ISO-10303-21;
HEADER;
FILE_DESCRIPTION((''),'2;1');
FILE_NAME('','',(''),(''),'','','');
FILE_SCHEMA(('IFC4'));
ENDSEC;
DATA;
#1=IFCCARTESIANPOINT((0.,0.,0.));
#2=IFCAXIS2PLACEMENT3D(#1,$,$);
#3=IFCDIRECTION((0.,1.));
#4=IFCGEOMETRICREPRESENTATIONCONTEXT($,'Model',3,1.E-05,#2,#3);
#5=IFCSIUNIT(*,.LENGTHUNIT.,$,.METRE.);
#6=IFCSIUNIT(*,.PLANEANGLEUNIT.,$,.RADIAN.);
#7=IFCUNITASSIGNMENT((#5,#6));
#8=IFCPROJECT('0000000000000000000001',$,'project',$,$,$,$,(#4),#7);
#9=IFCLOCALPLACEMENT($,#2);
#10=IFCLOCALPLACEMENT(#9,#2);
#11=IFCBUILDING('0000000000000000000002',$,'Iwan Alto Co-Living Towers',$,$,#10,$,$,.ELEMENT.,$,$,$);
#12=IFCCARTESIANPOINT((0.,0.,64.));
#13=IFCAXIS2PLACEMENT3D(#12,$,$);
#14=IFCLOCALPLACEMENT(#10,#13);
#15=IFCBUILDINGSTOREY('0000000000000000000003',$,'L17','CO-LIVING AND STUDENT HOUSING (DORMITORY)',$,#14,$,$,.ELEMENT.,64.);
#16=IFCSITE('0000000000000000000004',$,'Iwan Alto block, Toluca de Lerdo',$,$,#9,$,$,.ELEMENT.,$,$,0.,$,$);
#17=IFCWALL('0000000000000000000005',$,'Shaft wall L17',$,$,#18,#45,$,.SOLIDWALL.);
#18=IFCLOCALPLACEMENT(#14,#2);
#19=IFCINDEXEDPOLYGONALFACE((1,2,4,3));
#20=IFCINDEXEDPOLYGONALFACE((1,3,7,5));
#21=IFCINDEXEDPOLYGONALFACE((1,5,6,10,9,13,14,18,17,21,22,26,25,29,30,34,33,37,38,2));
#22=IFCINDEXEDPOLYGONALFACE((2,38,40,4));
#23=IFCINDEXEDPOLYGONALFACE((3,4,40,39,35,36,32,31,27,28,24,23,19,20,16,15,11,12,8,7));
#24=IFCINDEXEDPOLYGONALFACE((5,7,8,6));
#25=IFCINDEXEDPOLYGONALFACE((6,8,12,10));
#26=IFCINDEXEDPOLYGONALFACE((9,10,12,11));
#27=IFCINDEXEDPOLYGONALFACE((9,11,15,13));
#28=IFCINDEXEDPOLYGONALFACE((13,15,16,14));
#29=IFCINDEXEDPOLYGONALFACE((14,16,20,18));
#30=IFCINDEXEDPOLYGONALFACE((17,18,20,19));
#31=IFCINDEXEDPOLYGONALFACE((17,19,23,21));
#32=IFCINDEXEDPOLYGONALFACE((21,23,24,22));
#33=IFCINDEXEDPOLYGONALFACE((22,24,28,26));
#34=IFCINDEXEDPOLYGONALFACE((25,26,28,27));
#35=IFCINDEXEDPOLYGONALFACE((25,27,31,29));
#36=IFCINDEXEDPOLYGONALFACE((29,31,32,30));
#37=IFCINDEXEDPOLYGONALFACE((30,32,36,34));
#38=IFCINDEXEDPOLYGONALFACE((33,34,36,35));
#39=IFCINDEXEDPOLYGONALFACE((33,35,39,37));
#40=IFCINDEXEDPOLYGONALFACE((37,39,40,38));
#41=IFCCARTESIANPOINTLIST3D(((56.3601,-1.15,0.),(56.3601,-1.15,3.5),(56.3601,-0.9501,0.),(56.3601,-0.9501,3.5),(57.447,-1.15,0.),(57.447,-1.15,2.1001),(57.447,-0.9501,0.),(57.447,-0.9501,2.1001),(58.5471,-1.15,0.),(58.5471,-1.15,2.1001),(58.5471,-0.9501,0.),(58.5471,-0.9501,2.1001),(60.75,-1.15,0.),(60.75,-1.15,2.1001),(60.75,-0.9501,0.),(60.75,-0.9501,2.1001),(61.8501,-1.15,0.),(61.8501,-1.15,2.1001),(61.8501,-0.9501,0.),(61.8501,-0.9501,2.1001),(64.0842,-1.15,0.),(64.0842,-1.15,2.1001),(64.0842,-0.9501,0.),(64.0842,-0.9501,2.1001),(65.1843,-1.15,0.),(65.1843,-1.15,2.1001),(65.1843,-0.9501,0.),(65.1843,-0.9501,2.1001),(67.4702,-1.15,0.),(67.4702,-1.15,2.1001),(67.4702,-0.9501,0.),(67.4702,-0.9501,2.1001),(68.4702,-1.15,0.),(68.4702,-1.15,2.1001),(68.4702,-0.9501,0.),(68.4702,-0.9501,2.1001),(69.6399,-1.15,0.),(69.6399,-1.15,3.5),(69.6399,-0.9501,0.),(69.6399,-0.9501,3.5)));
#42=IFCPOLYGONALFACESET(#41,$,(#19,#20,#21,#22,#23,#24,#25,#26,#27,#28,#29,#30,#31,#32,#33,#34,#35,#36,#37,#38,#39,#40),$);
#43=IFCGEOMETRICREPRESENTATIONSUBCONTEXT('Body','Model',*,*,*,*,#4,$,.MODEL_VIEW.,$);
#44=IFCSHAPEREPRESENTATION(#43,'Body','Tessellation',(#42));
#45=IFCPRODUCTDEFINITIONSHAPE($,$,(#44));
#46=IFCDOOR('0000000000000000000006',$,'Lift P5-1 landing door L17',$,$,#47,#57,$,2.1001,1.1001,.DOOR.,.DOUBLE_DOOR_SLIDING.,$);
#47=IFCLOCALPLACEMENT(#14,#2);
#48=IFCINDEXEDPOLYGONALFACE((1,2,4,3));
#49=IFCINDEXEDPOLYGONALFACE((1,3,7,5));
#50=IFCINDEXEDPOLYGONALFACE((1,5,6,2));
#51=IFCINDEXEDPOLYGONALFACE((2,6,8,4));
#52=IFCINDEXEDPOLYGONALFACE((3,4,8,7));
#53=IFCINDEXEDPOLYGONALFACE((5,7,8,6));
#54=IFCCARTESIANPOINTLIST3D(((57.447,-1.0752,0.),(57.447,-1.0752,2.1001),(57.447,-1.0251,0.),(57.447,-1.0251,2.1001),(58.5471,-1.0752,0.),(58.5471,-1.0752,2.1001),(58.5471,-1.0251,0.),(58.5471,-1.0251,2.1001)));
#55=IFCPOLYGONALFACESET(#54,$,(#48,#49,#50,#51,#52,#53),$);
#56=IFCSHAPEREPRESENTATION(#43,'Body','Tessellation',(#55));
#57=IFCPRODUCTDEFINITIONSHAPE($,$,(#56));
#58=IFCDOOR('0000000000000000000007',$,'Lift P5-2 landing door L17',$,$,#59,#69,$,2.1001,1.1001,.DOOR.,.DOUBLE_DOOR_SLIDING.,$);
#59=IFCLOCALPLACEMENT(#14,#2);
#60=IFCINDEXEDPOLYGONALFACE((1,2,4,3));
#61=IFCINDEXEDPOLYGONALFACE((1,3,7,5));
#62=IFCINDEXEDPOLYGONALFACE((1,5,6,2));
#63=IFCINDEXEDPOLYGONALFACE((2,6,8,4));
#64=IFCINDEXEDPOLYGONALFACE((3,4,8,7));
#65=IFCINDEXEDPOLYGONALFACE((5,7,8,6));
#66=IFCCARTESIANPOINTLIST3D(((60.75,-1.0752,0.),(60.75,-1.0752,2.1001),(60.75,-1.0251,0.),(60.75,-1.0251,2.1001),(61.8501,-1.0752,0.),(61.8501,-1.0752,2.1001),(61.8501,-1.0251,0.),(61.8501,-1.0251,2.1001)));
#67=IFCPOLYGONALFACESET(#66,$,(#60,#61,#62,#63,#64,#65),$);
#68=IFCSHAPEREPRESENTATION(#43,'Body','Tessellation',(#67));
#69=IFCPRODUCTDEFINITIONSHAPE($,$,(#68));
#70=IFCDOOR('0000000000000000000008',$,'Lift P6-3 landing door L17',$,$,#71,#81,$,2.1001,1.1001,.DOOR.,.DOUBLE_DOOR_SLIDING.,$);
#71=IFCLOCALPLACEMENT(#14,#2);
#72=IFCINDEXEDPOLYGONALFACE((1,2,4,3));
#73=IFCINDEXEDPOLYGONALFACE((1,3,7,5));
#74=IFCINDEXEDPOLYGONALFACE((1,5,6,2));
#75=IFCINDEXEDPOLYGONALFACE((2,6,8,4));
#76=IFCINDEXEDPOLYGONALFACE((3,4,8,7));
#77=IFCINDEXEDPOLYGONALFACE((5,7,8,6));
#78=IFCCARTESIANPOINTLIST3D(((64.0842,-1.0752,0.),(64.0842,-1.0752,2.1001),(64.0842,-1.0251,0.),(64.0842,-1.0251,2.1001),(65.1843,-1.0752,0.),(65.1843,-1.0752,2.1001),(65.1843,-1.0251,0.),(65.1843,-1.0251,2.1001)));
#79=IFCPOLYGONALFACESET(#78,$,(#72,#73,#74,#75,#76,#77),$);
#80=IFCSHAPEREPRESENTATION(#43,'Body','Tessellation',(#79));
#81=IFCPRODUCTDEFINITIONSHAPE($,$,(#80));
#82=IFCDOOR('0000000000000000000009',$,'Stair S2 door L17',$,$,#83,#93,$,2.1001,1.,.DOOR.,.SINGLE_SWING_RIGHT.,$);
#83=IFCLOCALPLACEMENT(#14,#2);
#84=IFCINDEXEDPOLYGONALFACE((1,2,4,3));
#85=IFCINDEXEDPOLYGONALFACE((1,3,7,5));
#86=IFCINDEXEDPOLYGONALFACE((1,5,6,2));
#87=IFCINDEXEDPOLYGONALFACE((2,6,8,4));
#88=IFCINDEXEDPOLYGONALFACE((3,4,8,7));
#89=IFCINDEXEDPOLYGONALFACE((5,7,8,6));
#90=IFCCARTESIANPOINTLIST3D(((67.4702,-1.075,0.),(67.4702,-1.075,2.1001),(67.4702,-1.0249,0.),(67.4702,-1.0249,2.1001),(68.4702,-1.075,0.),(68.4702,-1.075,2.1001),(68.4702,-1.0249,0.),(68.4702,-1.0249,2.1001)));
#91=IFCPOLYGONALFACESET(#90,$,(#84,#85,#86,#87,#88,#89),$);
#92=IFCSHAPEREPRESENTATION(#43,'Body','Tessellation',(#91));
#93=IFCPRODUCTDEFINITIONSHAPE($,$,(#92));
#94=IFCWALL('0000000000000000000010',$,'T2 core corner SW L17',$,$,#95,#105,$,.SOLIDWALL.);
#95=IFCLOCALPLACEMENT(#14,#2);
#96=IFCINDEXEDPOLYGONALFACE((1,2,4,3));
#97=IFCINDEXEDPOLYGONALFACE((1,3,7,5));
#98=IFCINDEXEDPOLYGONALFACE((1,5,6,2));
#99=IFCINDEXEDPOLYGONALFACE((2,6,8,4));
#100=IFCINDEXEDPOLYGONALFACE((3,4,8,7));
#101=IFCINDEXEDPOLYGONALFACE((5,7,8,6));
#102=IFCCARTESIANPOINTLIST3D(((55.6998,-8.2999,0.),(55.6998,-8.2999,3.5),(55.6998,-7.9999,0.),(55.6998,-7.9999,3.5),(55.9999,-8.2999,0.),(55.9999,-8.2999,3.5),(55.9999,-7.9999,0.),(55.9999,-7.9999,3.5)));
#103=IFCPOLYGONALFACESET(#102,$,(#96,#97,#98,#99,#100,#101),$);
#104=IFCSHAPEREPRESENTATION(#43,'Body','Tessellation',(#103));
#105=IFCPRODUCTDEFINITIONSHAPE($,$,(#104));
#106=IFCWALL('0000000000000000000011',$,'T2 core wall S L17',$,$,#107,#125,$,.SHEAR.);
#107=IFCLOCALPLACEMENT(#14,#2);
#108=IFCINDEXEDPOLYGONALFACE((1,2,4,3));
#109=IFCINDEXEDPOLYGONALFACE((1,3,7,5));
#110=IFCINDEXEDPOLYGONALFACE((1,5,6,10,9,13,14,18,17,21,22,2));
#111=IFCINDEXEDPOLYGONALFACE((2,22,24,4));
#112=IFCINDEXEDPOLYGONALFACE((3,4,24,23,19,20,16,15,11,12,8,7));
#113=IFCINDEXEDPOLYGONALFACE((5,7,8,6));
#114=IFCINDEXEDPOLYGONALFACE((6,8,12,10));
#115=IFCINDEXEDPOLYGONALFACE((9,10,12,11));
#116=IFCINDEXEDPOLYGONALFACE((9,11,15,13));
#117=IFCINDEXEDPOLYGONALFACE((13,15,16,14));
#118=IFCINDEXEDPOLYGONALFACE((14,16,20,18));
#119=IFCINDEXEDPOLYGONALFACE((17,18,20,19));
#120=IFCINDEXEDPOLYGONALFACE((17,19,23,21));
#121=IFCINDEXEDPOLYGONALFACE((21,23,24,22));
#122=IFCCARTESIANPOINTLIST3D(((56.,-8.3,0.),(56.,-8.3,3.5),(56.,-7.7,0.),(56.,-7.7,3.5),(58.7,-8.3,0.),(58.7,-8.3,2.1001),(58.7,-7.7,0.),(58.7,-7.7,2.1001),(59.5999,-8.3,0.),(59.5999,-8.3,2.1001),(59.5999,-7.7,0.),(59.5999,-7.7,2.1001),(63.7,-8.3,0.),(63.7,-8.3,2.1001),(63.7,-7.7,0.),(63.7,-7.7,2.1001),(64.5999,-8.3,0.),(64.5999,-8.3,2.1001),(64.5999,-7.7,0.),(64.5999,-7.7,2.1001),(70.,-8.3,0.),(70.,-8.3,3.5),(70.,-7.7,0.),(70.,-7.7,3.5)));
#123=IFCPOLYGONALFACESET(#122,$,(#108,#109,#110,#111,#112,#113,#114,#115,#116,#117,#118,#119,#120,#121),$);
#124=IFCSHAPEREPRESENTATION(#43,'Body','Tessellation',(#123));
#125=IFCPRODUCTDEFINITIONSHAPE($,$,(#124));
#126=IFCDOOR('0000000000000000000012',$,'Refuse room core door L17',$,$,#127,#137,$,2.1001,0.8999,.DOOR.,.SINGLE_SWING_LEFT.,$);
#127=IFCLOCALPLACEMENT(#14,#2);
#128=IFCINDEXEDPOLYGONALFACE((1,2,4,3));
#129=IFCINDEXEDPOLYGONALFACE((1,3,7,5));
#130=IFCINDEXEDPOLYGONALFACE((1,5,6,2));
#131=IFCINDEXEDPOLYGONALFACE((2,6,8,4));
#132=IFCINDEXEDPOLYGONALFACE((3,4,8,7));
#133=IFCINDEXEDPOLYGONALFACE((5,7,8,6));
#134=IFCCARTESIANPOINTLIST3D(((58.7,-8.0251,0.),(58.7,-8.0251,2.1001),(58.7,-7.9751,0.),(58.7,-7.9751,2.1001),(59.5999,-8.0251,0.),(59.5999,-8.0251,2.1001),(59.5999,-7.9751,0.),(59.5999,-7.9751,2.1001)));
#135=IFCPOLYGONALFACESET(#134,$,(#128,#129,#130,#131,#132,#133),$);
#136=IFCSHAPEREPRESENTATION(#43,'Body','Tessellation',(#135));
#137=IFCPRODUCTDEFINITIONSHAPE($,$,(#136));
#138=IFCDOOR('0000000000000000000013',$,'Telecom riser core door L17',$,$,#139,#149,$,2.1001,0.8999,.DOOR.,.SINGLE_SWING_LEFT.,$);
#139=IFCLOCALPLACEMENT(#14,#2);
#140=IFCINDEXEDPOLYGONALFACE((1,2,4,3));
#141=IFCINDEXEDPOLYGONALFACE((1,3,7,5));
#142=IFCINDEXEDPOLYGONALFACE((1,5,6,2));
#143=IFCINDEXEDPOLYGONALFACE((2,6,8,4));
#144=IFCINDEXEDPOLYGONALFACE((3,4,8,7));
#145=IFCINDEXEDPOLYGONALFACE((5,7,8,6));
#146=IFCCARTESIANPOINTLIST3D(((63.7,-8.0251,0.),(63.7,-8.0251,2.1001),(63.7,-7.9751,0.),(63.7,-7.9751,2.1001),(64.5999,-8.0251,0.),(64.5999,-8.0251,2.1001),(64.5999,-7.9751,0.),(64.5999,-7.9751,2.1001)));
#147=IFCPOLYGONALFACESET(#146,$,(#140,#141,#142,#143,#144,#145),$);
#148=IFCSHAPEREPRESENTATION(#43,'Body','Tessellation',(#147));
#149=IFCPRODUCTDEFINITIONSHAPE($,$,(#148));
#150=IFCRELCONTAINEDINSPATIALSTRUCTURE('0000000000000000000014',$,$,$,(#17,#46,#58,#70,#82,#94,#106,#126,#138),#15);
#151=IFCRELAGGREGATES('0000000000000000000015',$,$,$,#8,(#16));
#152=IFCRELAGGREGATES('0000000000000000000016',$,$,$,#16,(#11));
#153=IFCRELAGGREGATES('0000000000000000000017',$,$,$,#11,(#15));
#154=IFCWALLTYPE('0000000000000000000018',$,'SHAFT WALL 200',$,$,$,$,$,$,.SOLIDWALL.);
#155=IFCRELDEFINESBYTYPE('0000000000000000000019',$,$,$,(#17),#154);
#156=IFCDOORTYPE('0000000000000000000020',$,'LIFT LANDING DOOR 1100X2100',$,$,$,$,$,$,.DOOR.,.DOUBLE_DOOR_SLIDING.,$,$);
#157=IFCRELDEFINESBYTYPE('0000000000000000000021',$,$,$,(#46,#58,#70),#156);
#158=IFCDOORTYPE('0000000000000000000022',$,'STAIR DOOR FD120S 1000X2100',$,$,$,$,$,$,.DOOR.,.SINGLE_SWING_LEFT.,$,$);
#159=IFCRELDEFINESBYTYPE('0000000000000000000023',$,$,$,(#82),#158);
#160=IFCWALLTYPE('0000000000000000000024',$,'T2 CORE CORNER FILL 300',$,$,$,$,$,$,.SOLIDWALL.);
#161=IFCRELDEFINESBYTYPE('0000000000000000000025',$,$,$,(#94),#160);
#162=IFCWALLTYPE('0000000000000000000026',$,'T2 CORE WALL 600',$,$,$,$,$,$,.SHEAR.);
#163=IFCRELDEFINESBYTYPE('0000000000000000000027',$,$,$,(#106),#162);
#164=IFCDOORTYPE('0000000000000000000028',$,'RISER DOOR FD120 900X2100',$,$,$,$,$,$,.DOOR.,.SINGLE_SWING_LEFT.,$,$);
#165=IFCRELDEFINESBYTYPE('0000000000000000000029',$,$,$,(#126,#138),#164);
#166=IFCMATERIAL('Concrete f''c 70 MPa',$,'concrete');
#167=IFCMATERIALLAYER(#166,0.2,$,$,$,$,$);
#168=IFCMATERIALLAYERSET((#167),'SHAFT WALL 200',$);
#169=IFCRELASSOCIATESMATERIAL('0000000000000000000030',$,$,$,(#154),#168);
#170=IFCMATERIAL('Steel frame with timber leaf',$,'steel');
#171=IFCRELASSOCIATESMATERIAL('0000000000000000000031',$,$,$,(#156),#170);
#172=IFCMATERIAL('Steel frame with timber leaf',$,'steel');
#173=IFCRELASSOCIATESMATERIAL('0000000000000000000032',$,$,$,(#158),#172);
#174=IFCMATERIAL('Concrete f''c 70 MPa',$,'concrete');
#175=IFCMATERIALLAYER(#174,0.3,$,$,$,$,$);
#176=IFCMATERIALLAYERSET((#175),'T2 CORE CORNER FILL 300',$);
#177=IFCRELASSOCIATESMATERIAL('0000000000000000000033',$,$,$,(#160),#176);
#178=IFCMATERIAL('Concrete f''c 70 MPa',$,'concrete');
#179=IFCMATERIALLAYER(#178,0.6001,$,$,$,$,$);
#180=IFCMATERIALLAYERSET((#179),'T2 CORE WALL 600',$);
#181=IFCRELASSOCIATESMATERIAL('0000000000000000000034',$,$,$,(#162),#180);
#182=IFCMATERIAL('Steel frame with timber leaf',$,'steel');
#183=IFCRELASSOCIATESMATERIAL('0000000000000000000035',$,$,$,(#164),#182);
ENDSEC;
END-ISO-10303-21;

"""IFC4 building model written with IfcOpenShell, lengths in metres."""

from ifc_helpers import new_model, si_unit, direction, frame, frame_2d, origin, place, context, subcontext, project, spatial, rectangle, extrude, material, layer, layer_set, type_object, element, fill, save


model = new_model("IFC4")

# Units and contexts
model_context = context("Model", 3, precision=1e-05, world=origin(), true_north=direction((0.0, 1.0)))
body_context = subcontext(model_context, "Body", "Model", "MODEL_VIEW")
ifc_project = project(units=[si_unit("LENGTHUNIT", "METRE"), si_unit("PLANEANGLEUNIT", "RADIAN")], contexts=[model_context])

# Site, building, storey
site_placement = place(None, origin())
site = spatial("IfcSite", under=ifc_project, at=site_placement, Name="Iwan Alto block, Toluca de Lerdo", CompositionType="ELEMENT", RefElevation=0.0)
building_placement = place(site_placement, origin())
building = spatial("IfcBuilding", under=site, at=building_placement, Name="Iwan Alto Co-Living Towers", CompositionType="ELEMENT")
storey_placement = place(building_placement, frame((0.0, 0.0, 64.0)))
storey = spatial("IfcBuildingStorey", under=building, at=storey_placement, Name="L17", Description="CO-LIVING AND STUDENT HOUSING (DORMITORY)", CompositionType="ELEMENT", Elevation=64.0)

# Shared definitions
ifc_material_1 = material(Name="Concrete f'c 70 MPa", Category="concrete")
ifc_layer_1 = layer(ifc_material_1, 0.2)
ifc_layer_set_1 = layer_set([ifc_layer_1], Name="SHAFT WALL 200")
wall_type_1 = type_object("IfcWallType", Name="SHAFT WALL 200", PredefinedType="SOLIDWALL", material=ifc_layer_set_1)

# Wall, openings, doors
wall_1_placement = place(storey_placement, frame((56.3601, -1.05, 0.0), z_axis=(0.0, 0.0, 1.0), x_axis=(1.0, 0.0, 0.0)))
wall_1 = element("IfcWall", 1, at=wall_1_placement, inside=storey, type_object=wall_type_1, Name="Shaft wall L17", PredefinedType="SOLIDWALL", context=body_context, shape_type="SweptSolid", body=[
    extrude(rectangle(XDim=13.2798, YDim=0.2, at=frame_2d((6.6399, 0.0))), origin(), (0.0, 0.0, 1.0), 3.5),
])
opening_1_placement = place(wall_1_placement, frame((11.1101, 0.0, 0.0)))
opening_1 = element("IfcOpeningElement", 2, at=opening_1_placement, cuts=wall_1, PredefinedType="OPENING", context=body_context, shape_type="SweptSolid", body=[
    extrude(rectangle(XDim=1.0, YDim=2.1001, at=frame_2d((0.5, 1.05))), frame((0.0, 0.1099, 0.0), z_axis=(0.0, -1.0, 0.0), x_axis=(1.0, 0.0, 0.0)), (0.0, 0.0, 1.0), 0.22),
])
opening_2_placement = place(wall_1_placement, frame((1.0869, 0.0, 0.0)))
opening_2 = element("IfcOpeningElement", 3, at=opening_2_placement, cuts=wall_1, PredefinedType="OPENING", context=body_context, shape_type="SweptSolid", body=[
    extrude(rectangle(XDim=1.1001, YDim=2.1001, at=frame_2d((0.55, 1.05))), frame((0.0, 0.1099, 0.0), z_axis=(0.0, -1.0, 0.0), x_axis=(1.0, 0.0, 0.0)), (0.0, 0.0, 1.0), 0.22),
])
opening_3_placement = place(wall_1_placement, frame((4.3899, 0.0, 0.0)))
opening_3 = element("IfcOpeningElement", 4, at=opening_3_placement, cuts=wall_1, PredefinedType="OPENING", context=body_context, shape_type="SweptSolid", body=[
    extrude(rectangle(XDim=1.1001, YDim=2.1001, at=frame_2d((0.55, 1.05))), frame((0.0, 0.1099, 0.0), z_axis=(0.0, -1.0, 0.0), x_axis=(1.0, 0.0, 0.0)), (0.0, 0.0, 1.0), 0.22),
])
opening_4_placement = place(wall_1_placement, frame((7.7241, 0.0, 0.0)))
opening_4 = element("IfcOpeningElement", 5, at=opening_4_placement, cuts=wall_1, PredefinedType="OPENING", context=body_context, shape_type="SweptSolid", body=[
    extrude(rectangle(XDim=1.1001, YDim=2.1001, at=frame_2d((0.55, 1.05))), frame((0.0, 0.1099, 0.0), z_axis=(0.0, -1.0, 0.0), x_axis=(1.0, 0.0, 0.0)), (0.0, 0.0, 1.0), 0.22),
])
ifc_material_2 = material(Name="Steel frame with timber leaf", Category="steel")
door_type_1 = type_object("IfcDoorType", Name="LIFT LANDING DOOR 1100X2100", OperationType="DOUBLE_DOOR_SLIDING", PredefinedType="DOOR", material=ifc_material_2)
door_1_placement = place(opening_2_placement, origin())
door_1 = element("IfcDoor", 6, at=door_1_placement, inside=storey, type_object=door_type_1, Name="Lift P5-1 landing door L17", OperationType="DOUBLE_DOOR_SLIDING", OverallHeight=2.1001, OverallWidth=1.1001, PredefinedType="DOOR", context=body_context, shape_type="SweptSolid", body=[
    extrude(rectangle(XDim=1.1001, YDim=2.1001, at=frame_2d((0.55, 1.05))), frame((0.0, 0.0249, 0.0), z_axis=(0.0, -1.0, 0.0), x_axis=(1.0, 0.0, 0.0)), (0.0, 0.0, 1.0), 0.05),
])
fill(opening_2, door_1)
door_2_placement = place(opening_3_placement, origin())
door_2 = element("IfcDoor", 7, at=door_2_placement, inside=storey, type_object=door_type_1, Name="Lift P5-2 landing door L17", OperationType="DOUBLE_DOOR_SLIDING", OverallHeight=2.1001, OverallWidth=1.1001, PredefinedType="DOOR", context=body_context, shape_type="SweptSolid", body=[
    extrude(rectangle(XDim=1.1001, YDim=2.1001, at=frame_2d((0.55, 1.05))), frame((0.0, 0.0249, 0.0), z_axis=(0.0, -1.0, 0.0), x_axis=(1.0, 0.0, 0.0)), (0.0, 0.0, 1.0), 0.05),
])
fill(opening_3, door_2)
door_3_placement = place(opening_4_placement, origin())
door_3 = element("IfcDoor", 8, at=door_3_placement, inside=storey, type_object=door_type_1, Name="Lift P6-3 landing door L17", OperationType="DOUBLE_DOOR_SLIDING", OverallHeight=2.1001, OverallWidth=1.1001, PredefinedType="DOOR", context=body_context, shape_type="SweptSolid", body=[
    extrude(rectangle(XDim=1.1001, YDim=2.1001, at=frame_2d((0.55, 1.05))), frame((0.0, 0.0249, 0.0), z_axis=(0.0, -1.0, 0.0), x_axis=(1.0, 0.0, 0.0)), (0.0, 0.0, 1.0), 0.05),
])
fill(opening_4, door_3)
ifc_material_3 = material(Name="Steel frame with timber leaf", Category="steel")
door_type_2 = type_object("IfcDoorType", Name="STAIR DOOR FD120S 1000X2100", OperationType="SINGLE_SWING_LEFT", PredefinedType="DOOR", material=ifc_material_3)
door_4_placement = place(opening_1_placement, frame((1.0, 0.0, 0.0), z_axis=(0.0, 0.0, 1.0), x_axis=(-1.0, 0.0, 0.0)))
door_4 = element("IfcDoor", 9, at=door_4_placement, inside=storey, type_object=door_type_2, Name="Stair S2 door L17", OperationType="SINGLE_SWING_RIGHT", OverallHeight=2.1001, OverallWidth=1.0, PredefinedType="DOOR", context=body_context, shape_type="SweptSolid", body=[
    extrude(rectangle(XDim=1.0, YDim=2.1001, at=frame_2d((0.5, 1.05))), frame((0.0, 0.0249, 0.0), z_axis=(0.0, -1.0, 0.0), x_axis=(1.0, 0.0, 0.0)), (0.0, 0.0, 1.0), 0.05),
])
fill(opening_1, door_4)

# Wall
ifc_material_4 = material(Name="Concrete f'c 70 MPa", Category="concrete")
ifc_layer_2 = layer(ifc_material_4, 0.3)
ifc_layer_set_2 = layer_set([ifc_layer_2], Name="T2 CORE CORNER FILL 300")
wall_type_2 = type_object("IfcWallType", Name="T2 CORE CORNER FILL 300", PredefinedType="SOLIDWALL", material=ifc_layer_set_2)
wall_2_placement = place(storey_placement, frame((55.7, -8.1499, 0.0), z_axis=(0.0, 0.0, 1.0), x_axis=(1.0, 0.0, 0.0)))
element("IfcWall", 10, at=wall_2_placement, inside=storey, type_object=wall_type_2, Name="T2 core corner SW L17", PredefinedType="SOLIDWALL", context=body_context, shape_type="SweptSolid", body=[
    extrude(rectangle(XDim=0.3, YDim=0.3, at=frame_2d((0.1499, 0.0))), origin(), (0.0, 0.0, 1.0), 3.5),
])

# Wall, openings, doors
ifc_material_5 = material(Name="Concrete f'c 70 MPa", Category="concrete")
ifc_layer_3 = layer(ifc_material_5, 0.6001)
ifc_layer_set_3 = layer_set([ifc_layer_3], Name="T2 CORE WALL 600")
wall_type_3 = type_object("IfcWallType", Name="T2 CORE WALL 600", PredefinedType="SHEAR", material=ifc_layer_set_3)
wall_3_placement = place(storey_placement, frame((56.0, -8.0, 0.0), z_axis=(0.0, 0.0, 1.0), x_axis=(1.0, 0.0, 0.0)))
wall_3 = element("IfcWall", 11, at=wall_3_placement, inside=storey, type_object=wall_type_3, Name="T2 core wall S L17", PredefinedType="SHEAR", context=body_context, shape_type="SweptSolid", body=[
    extrude(rectangle(XDim=14.0, YDim=0.6001, at=frame_2d((7.0, 0.0))), origin(), (0.0, 0.0, 1.0), 3.5),
])
opening_5_placement = place(wall_3_placement, frame((2.7, 0.0, 0.0)))
opening_5 = element("IfcOpeningElement", 12, at=opening_5_placement, cuts=wall_3, PredefinedType="OPENING", context=body_context, shape_type="SweptSolid", body=[
    extrude(rectangle(XDim=0.8999, YDim=2.1001, at=frame_2d((0.45, 1.05))), frame((0.0, 0.3101, 0.0), z_axis=(0.0, -1.0, 0.0), x_axis=(1.0, 0.0, 0.0)), (0.0, 0.0, 1.0), 0.6201),
])
opening_6_placement = place(wall_3_placement, frame((7.7, 0.0, 0.0)))
opening_6 = element("IfcOpeningElement", 13, at=opening_6_placement, cuts=wall_3, PredefinedType="OPENING", context=body_context, shape_type="SweptSolid", body=[
    extrude(rectangle(XDim=0.8999, YDim=2.1001, at=frame_2d((0.45, 1.05))), frame((0.0, 0.3101, 0.0), z_axis=(0.0, -1.0, 0.0), x_axis=(1.0, 0.0, 0.0)), (0.0, 0.0, 1.0), 0.6201),
])
ifc_material_6 = material(Name="Steel frame with timber leaf", Category="steel")
door_type_3 = type_object("IfcDoorType", Name="RISER DOOR FD120 900X2100", OperationType="SINGLE_SWING_LEFT", PredefinedType="DOOR", material=ifc_material_6)
door_5_placement = place(opening_5_placement, origin())
door_5 = element("IfcDoor", 14, at=door_5_placement, inside=storey, type_object=door_type_3, Name="Refuse room core door L17", OperationType="SINGLE_SWING_LEFT", OverallHeight=2.1001, OverallWidth=0.8999, PredefinedType="DOOR", context=body_context, shape_type="SweptSolid", body=[
    extrude(rectangle(XDim=0.8999, YDim=2.1001, at=frame_2d((0.45, 1.05))), frame((0.0, 0.0249, 0.0), z_axis=(0.0, -1.0, 0.0), x_axis=(1.0, 0.0, 0.0)), (0.0, 0.0, 1.0), 0.05),
])
fill(opening_5, door_5)
door_6_placement = place(opening_6_placement, origin())
door_6 = element("IfcDoor", 15, at=door_6_placement, inside=storey, type_object=door_type_3, Name="Telecom riser core door L17", OperationType="SINGLE_SWING_LEFT", OverallHeight=2.1001, OverallWidth=0.8999, PredefinedType="DOOR", context=body_context, shape_type="SweptSolid", body=[
    extrude(rectangle(XDim=0.8999, YDim=2.1001, at=frame_2d((0.45, 1.05))), frame((0.0, 0.0249, 0.0), z_axis=(0.0, -1.0, 0.0), x_axis=(1.0, 0.0, 0.0)), (0.0, 0.0, 1.0), 0.05),
])
fill(opening_6, door_6)

save(model, "model.ifc")
